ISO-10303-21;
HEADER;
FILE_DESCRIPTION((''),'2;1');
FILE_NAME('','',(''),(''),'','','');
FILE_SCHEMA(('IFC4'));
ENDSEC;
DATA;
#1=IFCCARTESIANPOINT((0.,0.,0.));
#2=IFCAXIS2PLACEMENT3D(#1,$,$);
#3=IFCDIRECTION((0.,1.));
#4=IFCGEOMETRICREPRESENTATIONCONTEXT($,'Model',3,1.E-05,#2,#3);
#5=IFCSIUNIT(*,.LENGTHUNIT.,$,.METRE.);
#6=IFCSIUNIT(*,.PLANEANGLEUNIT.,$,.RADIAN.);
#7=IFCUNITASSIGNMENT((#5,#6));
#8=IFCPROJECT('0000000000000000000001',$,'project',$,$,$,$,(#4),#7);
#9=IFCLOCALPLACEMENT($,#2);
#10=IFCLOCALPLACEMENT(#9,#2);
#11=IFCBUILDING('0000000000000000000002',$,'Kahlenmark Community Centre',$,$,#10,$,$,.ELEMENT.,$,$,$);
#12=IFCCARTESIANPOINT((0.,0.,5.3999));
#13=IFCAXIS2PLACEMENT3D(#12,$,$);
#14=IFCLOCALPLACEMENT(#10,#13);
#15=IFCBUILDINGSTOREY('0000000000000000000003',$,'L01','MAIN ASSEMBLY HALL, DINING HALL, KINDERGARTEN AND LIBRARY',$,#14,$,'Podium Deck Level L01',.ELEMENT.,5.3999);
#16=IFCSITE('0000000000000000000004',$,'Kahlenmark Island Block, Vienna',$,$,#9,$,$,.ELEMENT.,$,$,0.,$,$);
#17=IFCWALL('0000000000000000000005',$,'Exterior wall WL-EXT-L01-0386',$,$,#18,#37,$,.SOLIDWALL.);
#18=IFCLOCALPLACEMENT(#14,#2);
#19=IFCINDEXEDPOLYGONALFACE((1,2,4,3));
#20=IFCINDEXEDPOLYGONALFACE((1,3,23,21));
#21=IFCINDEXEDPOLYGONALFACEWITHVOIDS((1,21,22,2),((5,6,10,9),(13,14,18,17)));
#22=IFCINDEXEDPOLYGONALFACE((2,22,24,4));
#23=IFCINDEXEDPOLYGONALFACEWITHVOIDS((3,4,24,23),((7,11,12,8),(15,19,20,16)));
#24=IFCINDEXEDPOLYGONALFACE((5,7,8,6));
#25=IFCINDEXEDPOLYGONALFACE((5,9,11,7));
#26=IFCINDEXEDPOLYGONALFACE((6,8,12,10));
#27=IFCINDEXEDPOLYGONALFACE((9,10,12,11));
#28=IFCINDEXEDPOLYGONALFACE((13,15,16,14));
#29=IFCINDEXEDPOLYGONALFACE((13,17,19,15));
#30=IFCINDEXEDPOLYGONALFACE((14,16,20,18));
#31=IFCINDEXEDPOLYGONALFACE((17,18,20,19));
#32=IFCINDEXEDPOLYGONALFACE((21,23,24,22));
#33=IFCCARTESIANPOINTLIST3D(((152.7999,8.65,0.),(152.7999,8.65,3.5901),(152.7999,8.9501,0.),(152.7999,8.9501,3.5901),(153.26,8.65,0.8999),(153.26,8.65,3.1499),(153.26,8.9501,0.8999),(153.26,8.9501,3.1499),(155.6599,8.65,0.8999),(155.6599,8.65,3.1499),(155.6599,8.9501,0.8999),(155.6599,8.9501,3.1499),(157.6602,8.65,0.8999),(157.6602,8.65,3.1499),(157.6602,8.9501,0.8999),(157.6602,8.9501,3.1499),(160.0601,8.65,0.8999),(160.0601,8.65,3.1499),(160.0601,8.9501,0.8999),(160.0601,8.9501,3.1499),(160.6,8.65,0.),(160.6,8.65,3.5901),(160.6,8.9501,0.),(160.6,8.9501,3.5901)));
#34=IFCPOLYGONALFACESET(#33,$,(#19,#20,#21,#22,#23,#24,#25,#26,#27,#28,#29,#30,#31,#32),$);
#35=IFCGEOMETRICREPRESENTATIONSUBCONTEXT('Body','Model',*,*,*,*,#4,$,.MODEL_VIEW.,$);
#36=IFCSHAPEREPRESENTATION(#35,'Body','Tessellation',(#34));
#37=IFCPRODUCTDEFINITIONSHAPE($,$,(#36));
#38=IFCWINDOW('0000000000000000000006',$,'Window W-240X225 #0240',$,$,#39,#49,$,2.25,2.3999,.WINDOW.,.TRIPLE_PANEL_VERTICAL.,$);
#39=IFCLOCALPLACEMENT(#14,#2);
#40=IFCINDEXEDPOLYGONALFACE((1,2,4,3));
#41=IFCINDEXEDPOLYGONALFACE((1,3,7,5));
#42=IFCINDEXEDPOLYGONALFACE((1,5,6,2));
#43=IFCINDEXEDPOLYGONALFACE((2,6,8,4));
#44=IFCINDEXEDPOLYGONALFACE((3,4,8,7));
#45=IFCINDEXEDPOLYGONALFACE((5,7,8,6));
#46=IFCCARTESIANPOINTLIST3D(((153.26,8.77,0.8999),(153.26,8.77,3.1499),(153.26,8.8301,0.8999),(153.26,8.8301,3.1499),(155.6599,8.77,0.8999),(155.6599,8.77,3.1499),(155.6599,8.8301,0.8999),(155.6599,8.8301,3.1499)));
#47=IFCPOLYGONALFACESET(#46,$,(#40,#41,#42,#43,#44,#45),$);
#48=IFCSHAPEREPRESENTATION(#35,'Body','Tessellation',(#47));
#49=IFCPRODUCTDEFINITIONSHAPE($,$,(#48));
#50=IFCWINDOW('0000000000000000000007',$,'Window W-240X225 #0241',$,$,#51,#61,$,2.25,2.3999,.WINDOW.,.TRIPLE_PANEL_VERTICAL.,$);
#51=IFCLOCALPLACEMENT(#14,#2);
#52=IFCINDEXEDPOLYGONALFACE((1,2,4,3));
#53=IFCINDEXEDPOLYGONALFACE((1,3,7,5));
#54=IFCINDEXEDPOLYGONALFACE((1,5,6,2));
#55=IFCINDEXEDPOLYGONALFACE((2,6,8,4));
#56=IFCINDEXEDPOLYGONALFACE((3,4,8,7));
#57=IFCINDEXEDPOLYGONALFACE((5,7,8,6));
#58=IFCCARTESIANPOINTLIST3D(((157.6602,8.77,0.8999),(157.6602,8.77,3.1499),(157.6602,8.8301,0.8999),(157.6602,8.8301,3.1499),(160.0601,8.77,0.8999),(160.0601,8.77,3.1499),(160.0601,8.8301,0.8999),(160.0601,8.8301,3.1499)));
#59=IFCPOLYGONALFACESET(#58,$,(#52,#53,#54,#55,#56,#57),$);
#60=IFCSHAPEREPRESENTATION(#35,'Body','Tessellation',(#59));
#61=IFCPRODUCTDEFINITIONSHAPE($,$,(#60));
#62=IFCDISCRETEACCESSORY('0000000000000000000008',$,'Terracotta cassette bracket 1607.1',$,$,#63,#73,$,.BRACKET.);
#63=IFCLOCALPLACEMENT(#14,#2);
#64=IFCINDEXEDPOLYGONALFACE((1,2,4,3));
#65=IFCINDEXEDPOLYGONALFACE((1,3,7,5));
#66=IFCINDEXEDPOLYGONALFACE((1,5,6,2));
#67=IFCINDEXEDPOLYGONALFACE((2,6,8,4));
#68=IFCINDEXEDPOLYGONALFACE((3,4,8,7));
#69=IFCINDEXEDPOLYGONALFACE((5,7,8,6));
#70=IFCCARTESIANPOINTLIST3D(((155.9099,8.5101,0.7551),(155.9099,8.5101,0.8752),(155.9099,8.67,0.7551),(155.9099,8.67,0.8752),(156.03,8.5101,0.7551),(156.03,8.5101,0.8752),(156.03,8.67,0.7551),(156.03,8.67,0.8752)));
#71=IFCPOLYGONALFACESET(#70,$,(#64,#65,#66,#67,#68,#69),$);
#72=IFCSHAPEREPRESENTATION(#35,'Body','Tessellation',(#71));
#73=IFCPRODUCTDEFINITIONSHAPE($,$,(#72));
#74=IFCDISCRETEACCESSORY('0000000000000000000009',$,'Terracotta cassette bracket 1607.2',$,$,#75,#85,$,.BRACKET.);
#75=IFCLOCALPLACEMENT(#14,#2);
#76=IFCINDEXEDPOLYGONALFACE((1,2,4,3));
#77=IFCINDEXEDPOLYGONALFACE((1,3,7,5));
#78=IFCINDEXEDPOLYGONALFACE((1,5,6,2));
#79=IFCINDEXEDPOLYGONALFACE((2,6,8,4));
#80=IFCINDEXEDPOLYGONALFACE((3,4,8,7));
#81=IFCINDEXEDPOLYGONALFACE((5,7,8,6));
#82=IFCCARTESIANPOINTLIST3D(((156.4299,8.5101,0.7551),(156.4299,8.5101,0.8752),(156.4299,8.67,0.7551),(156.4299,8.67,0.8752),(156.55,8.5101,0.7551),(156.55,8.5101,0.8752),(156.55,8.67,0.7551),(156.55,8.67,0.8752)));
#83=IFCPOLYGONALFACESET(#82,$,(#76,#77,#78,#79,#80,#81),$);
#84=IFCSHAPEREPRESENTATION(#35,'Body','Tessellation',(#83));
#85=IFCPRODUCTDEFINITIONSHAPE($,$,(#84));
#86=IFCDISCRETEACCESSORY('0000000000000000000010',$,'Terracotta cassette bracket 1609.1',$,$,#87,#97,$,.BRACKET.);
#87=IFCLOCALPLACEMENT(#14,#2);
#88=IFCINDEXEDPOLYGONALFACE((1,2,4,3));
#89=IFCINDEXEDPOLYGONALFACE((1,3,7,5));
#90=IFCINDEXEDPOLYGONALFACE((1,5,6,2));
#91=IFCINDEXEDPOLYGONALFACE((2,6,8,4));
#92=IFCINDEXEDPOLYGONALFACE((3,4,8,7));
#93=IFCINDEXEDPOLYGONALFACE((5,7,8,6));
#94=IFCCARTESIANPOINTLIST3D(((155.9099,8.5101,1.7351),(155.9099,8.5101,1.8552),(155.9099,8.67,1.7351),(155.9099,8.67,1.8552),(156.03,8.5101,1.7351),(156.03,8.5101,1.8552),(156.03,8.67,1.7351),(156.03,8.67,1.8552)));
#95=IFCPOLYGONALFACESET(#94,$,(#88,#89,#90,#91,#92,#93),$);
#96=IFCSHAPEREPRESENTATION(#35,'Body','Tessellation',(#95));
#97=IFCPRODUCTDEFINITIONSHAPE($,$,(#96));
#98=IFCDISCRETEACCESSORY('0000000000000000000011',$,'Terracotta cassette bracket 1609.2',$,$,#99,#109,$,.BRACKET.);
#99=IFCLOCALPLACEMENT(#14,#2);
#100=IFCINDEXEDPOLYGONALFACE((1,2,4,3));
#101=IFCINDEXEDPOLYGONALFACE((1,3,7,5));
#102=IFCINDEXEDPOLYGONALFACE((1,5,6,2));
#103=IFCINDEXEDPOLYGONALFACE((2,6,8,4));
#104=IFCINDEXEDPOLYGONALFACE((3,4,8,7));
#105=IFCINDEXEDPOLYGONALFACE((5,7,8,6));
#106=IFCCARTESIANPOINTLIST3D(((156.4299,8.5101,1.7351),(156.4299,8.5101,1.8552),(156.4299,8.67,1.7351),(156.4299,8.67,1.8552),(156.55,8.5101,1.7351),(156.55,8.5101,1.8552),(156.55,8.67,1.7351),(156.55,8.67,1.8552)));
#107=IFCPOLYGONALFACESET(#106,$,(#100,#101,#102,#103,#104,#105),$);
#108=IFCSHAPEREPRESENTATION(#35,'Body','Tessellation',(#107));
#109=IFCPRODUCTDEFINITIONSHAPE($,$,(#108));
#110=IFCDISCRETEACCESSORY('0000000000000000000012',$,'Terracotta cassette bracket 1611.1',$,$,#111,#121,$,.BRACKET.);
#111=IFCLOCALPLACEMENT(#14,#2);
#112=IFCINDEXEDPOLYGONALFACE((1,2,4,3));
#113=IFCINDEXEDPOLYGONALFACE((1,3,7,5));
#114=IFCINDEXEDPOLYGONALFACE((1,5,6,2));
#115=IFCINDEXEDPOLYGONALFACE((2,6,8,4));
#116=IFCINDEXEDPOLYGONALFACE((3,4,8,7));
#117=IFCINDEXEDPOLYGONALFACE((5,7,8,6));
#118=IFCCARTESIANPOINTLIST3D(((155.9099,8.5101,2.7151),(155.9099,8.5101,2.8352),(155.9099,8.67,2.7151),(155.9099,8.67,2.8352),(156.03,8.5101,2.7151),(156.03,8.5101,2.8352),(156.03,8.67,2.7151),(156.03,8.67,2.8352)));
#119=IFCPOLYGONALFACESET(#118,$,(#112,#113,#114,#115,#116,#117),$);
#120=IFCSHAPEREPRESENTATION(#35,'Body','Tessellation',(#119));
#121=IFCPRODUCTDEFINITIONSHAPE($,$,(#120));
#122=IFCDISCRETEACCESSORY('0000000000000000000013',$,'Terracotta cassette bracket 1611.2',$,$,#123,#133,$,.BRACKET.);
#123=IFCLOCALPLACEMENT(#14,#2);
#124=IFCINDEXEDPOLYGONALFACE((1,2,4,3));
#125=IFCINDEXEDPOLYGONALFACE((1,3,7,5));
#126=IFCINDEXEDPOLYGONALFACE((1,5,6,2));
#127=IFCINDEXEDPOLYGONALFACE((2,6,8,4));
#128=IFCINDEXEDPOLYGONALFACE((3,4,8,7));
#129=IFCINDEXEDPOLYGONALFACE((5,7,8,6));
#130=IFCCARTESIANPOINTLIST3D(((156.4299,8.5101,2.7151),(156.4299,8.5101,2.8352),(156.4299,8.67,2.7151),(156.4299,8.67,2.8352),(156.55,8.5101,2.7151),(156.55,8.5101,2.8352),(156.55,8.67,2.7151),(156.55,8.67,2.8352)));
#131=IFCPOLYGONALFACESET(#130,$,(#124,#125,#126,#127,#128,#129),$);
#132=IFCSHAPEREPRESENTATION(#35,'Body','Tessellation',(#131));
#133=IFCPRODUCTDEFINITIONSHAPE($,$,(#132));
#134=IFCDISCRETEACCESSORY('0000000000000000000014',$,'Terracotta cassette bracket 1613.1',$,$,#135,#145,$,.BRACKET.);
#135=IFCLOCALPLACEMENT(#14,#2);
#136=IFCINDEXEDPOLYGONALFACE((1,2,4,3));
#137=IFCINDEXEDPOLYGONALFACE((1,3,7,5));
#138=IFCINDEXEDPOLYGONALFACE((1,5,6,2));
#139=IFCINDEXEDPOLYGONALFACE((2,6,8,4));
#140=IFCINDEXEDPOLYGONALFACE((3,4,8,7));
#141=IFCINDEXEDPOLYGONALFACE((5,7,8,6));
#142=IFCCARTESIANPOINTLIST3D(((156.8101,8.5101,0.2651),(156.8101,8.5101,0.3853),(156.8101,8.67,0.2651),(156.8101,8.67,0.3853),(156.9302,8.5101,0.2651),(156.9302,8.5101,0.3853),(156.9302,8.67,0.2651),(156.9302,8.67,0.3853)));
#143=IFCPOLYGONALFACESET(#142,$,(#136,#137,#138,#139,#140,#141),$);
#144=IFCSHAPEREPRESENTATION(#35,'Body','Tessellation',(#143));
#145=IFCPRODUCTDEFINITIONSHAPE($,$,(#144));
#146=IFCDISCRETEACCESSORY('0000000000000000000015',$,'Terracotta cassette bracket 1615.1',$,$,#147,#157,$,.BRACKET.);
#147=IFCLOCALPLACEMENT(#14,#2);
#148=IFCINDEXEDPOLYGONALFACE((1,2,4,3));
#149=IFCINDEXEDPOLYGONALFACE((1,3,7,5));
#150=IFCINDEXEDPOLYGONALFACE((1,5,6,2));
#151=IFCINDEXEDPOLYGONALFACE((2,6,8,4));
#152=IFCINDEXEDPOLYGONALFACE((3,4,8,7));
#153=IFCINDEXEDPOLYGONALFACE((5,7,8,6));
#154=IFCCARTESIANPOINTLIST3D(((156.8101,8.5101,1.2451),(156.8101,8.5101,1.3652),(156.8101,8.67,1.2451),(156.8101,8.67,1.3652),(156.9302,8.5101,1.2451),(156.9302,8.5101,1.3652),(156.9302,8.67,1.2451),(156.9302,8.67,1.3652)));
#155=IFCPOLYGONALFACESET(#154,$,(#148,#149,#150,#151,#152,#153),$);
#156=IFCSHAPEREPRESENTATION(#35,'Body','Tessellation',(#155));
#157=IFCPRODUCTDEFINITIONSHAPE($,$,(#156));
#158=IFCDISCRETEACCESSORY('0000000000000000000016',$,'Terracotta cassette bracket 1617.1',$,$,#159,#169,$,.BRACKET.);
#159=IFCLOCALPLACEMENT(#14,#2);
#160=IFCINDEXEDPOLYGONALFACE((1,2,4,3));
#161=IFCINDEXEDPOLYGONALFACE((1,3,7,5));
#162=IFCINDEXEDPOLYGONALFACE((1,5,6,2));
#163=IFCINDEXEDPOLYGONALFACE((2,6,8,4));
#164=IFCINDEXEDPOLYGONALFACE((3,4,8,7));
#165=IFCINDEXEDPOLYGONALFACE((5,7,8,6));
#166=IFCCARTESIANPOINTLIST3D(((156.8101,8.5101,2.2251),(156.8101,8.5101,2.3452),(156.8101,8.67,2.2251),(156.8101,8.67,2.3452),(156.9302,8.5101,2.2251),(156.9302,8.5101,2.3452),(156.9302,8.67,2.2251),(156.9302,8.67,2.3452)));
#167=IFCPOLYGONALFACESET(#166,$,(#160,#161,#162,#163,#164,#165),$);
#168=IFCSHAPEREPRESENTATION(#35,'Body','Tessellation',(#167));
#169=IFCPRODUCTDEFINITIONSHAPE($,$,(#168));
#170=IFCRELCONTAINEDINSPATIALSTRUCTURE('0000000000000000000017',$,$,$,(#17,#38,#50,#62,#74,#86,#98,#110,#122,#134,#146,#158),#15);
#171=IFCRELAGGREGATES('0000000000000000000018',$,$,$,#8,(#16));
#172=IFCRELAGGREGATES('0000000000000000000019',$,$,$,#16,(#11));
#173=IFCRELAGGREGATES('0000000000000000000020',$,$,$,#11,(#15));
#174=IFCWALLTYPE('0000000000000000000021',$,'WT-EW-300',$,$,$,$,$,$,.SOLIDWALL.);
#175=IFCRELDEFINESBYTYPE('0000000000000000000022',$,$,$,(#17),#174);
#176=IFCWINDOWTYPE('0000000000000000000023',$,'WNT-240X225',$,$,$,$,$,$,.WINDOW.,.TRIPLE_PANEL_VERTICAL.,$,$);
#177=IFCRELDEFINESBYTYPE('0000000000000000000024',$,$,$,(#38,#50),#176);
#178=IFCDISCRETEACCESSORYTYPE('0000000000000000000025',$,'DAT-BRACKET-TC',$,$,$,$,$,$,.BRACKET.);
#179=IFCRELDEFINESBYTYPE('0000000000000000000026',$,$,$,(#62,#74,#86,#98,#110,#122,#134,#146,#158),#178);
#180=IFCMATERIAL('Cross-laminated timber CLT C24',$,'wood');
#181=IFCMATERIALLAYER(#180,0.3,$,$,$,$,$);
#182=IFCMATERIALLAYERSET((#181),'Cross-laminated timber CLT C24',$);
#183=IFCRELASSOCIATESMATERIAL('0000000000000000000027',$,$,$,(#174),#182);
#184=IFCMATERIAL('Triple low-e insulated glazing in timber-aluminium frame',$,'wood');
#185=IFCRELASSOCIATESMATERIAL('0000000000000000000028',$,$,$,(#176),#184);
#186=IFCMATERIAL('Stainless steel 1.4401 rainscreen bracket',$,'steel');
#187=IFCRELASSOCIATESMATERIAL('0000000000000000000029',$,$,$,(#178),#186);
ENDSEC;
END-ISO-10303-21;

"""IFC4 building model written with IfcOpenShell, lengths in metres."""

from ifc_helpers import new_model, si_unit, direction, frame, frame_2d, origin, origin_2d, place, context, subcontext, project, spatial, rectangle, extrude, material, layer, layer_set, type_object, element, fill, save


model = new_model("IFC4")

# Units and contexts
model_context = context("Model", 3, precision=1e-05, world=origin(), true_north=direction((0.0, 1.0)))
body_context = subcontext(model_context, "Body", "Model", "MODEL_VIEW")
ifc_project = project(units=[si_unit("LENGTHUNIT", "METRE"), si_unit("PLANEANGLEUNIT", "RADIAN")], contexts=[model_context])

# Site, building, storey
site_placement = place(None, origin())
site = spatial("IfcSite", under=ifc_project, at=site_placement, Name="Kahlenmark Island Block, Vienna", CompositionType="ELEMENT", RefElevation=0.0)
building_placement = place(site_placement, origin())
building = spatial("IfcBuilding", under=site, at=building_placement, Name="Kahlenmark Community Centre", CompositionType="ELEMENT")
storey_placement = place(building_placement, frame((0.0, 0.0, 5.3999)))
storey = spatial("IfcBuildingStorey", under=building, at=storey_placement, Name="L01", Description="MAIN ASSEMBLY HALL, DINING HALL, KINDERGARTEN AND LIBRARY", LongName="Podium Deck Level L01", CompositionType="ELEMENT", Elevation=5.3999)

# Wall, openings, windows
ifc_material_1 = material(Name="Cross-laminated timber CLT C24", Category="wood")
ifc_layer_1 = layer(ifc_material_1, 0.3)
ifc_layer_set_1 = layer_set([ifc_layer_1], Name="Cross-laminated timber CLT C24")
wall_type = type_object("IfcWallType", Name="WT-EW-300", PredefinedType="SOLIDWALL", material=ifc_layer_set_1)
wall_placement = place(storey_placement, frame((152.8, 8.8, 0.0), z_axis=(0.0, 0.0, 1.0), x_axis=(1.0, 0.0, 0.0)))
wall = element("IfcWall", 1, at=wall_placement, inside=storey, type_object=wall_type, Name="Exterior wall WL-EXT-L01-0386", PredefinedType="SOLIDWALL", context=body_context, shape_type="SweptSolid", body=[
    extrude(rectangle(XDim=7.8, YDim=0.3, at=frame_2d((3.8999, 0.0))), origin(), (0.0, 0.0, 1.0), 3.5901),
])
opening_1_placement = place(wall_placement, frame((0.46, 0.0, 0.8999)))
opening_1 = element("IfcOpeningElement", 2, at=opening_1_placement, cuts=wall, PredefinedType="OPENING", context=body_context, shape_type="SweptSolid", body=[
    extrude(rectangle(XDim=2.3999, YDim=2.25, at=frame_2d((1.2, 1.125))), frame((0.0, 0.1599, 0.0), z_axis=(0.0, -1.0, 0.0), x_axis=(1.0, 0.0, 0.0)), (0.0, 0.0, 1.0), 0.3201),
])
opening_2_placement = place(wall_placement, frame((4.8601, 0.0, 0.8999)))
opening_2 = element("IfcOpeningElement", 3, at=opening_2_placement, cuts=wall, PredefinedType="OPENING", context=body_context, shape_type="SweptSolid", body=[
    extrude(rectangle(XDim=2.3999, YDim=2.25, at=frame_2d((1.2, 1.125))), frame((0.0, 0.1599, 0.0), z_axis=(0.0, -1.0, 0.0), x_axis=(1.0, 0.0, 0.0)), (0.0, 0.0, 1.0), 0.3201),
])
ifc_material_2 = material(Name="Triple low-e insulated glazing in timber-aluminium frame", Category="wood")
window_type = type_object("IfcWindowType", Name="WNT-240X225", PartitioningType="TRIPLE_PANEL_VERTICAL", PredefinedType="WINDOW", material=ifc_material_2)
window_1_placement = place(opening_1_placement, origin())
window_1 = element("IfcWindow", 4, at=window_1_placement, inside=storey, type_object=window_type, Name="Window W-240X225 #0240", OverallHeight=2.25, OverallWidth=2.3999, PartitioningType="TRIPLE_PANEL_VERTICAL", PredefinedType="WINDOW", context=body_context, shape_type="SweptSolid", body=[
    extrude(rectangle(XDim=2.3999, YDim=2.25, at=frame_2d((1.2, 1.125))), frame((0.0, 0.03, 0.0), z_axis=(0.0, -1.0, 0.0), x_axis=(1.0, 0.0, 0.0)), (0.0, 0.0, 1.0), 0.0601),
])
fill(opening_1, window_1)
window_2_placement = place(opening_2_placement, origin())
window_2 = element("IfcWindow", 5, at=window_2_placement, inside=storey, type_object=window_type, Name="Window W-240X225 #0241", OverallHeight=2.25, OverallWidth=2.3999, PartitioningType="TRIPLE_PANEL_VERTICAL", PredefinedType="WINDOW", context=body_context, shape_type="SweptSolid", body=[
    extrude(rectangle(XDim=2.3999, YDim=2.25, at=frame_2d((1.2, 1.125))), frame((0.0, 0.03, 0.0), z_axis=(0.0, -1.0, 0.0), x_axis=(1.0, 0.0, 0.0)), (0.0, 0.0, 1.0), 0.0601),
])
fill(opening_2, window_2)

# Discrete accessories
ifc_material_3 = material(Name="Stainless steel 1.4401 rainscreen bracket", Category="steel")
discrete_accessory_type = type_object("IfcDiscreteAccessoryType", Name="DAT-BRACKET-TC", PredefinedType="BRACKET", material=ifc_material_3)
for number, where, z_axis, x_axis, name in (
    (6, (155.97, 8.5901, 0.7551), (0.0, 0.0, 1.0), (1.0, 0.0, 0.0), "Terracotta cassette bracket 1607.1"),
    (7, (156.49, 8.5901, 0.7551), (0.0, 0.0, 1.0), (1.0, 0.0, 0.0), "Terracotta cassette bracket 1607.2"),
    (8, (155.97, 8.5901, 1.7351), (0.0, 0.0, 1.0), (1.0, 0.0, 0.0), "Terracotta cassette bracket 1609.1"),
    (9, (156.49, 8.5901, 1.7351), (0.0, 0.0, 1.0), (1.0, 0.0, 0.0), "Terracotta cassette bracket 1609.2"),
    (10, (155.97, 8.5901, 2.7151), (0.0, 0.0, 1.0), (1.0, 0.0, 0.0), "Terracotta cassette bracket 1611.1"),
    (11, (156.49, 8.5901, 2.7151), (0.0, 0.0, 1.0), (1.0, 0.0, 0.0), "Terracotta cassette bracket 1611.2"),
    (12, (156.8701, 8.5901, 0.2651), (0.0, 0.0, 1.0), (1.0, 0.0, 0.0), "Terracotta cassette bracket 1613.1"),
    (13, (156.8701, 8.5901, 1.2451), (0.0, 0.0, 1.0), (1.0, 0.0, 0.0), "Terracotta cassette bracket 1615.1"),
    (14, (156.8701, 8.5901, 2.2251), (0.0, 0.0, 1.0), (1.0, 0.0, 0.0), "Terracotta cassette bracket 1617.1"),
):
    element("IfcDiscreteAccessory", number, at=place(storey_placement, frame(where, z_axis=z_axis, x_axis=x_axis)), inside=storey, type_object=discrete_accessory_type, Name=name, PredefinedType="BRACKET", context=body_context, shape_type="SweptSolid", body=[
        extrude(rectangle(XDim=0.1201, YDim=0.1599, at=origin_2d()), origin(), (0.0, 0.0, 1.0), 0.1201),
    ])

save(model, "model.ifc")
